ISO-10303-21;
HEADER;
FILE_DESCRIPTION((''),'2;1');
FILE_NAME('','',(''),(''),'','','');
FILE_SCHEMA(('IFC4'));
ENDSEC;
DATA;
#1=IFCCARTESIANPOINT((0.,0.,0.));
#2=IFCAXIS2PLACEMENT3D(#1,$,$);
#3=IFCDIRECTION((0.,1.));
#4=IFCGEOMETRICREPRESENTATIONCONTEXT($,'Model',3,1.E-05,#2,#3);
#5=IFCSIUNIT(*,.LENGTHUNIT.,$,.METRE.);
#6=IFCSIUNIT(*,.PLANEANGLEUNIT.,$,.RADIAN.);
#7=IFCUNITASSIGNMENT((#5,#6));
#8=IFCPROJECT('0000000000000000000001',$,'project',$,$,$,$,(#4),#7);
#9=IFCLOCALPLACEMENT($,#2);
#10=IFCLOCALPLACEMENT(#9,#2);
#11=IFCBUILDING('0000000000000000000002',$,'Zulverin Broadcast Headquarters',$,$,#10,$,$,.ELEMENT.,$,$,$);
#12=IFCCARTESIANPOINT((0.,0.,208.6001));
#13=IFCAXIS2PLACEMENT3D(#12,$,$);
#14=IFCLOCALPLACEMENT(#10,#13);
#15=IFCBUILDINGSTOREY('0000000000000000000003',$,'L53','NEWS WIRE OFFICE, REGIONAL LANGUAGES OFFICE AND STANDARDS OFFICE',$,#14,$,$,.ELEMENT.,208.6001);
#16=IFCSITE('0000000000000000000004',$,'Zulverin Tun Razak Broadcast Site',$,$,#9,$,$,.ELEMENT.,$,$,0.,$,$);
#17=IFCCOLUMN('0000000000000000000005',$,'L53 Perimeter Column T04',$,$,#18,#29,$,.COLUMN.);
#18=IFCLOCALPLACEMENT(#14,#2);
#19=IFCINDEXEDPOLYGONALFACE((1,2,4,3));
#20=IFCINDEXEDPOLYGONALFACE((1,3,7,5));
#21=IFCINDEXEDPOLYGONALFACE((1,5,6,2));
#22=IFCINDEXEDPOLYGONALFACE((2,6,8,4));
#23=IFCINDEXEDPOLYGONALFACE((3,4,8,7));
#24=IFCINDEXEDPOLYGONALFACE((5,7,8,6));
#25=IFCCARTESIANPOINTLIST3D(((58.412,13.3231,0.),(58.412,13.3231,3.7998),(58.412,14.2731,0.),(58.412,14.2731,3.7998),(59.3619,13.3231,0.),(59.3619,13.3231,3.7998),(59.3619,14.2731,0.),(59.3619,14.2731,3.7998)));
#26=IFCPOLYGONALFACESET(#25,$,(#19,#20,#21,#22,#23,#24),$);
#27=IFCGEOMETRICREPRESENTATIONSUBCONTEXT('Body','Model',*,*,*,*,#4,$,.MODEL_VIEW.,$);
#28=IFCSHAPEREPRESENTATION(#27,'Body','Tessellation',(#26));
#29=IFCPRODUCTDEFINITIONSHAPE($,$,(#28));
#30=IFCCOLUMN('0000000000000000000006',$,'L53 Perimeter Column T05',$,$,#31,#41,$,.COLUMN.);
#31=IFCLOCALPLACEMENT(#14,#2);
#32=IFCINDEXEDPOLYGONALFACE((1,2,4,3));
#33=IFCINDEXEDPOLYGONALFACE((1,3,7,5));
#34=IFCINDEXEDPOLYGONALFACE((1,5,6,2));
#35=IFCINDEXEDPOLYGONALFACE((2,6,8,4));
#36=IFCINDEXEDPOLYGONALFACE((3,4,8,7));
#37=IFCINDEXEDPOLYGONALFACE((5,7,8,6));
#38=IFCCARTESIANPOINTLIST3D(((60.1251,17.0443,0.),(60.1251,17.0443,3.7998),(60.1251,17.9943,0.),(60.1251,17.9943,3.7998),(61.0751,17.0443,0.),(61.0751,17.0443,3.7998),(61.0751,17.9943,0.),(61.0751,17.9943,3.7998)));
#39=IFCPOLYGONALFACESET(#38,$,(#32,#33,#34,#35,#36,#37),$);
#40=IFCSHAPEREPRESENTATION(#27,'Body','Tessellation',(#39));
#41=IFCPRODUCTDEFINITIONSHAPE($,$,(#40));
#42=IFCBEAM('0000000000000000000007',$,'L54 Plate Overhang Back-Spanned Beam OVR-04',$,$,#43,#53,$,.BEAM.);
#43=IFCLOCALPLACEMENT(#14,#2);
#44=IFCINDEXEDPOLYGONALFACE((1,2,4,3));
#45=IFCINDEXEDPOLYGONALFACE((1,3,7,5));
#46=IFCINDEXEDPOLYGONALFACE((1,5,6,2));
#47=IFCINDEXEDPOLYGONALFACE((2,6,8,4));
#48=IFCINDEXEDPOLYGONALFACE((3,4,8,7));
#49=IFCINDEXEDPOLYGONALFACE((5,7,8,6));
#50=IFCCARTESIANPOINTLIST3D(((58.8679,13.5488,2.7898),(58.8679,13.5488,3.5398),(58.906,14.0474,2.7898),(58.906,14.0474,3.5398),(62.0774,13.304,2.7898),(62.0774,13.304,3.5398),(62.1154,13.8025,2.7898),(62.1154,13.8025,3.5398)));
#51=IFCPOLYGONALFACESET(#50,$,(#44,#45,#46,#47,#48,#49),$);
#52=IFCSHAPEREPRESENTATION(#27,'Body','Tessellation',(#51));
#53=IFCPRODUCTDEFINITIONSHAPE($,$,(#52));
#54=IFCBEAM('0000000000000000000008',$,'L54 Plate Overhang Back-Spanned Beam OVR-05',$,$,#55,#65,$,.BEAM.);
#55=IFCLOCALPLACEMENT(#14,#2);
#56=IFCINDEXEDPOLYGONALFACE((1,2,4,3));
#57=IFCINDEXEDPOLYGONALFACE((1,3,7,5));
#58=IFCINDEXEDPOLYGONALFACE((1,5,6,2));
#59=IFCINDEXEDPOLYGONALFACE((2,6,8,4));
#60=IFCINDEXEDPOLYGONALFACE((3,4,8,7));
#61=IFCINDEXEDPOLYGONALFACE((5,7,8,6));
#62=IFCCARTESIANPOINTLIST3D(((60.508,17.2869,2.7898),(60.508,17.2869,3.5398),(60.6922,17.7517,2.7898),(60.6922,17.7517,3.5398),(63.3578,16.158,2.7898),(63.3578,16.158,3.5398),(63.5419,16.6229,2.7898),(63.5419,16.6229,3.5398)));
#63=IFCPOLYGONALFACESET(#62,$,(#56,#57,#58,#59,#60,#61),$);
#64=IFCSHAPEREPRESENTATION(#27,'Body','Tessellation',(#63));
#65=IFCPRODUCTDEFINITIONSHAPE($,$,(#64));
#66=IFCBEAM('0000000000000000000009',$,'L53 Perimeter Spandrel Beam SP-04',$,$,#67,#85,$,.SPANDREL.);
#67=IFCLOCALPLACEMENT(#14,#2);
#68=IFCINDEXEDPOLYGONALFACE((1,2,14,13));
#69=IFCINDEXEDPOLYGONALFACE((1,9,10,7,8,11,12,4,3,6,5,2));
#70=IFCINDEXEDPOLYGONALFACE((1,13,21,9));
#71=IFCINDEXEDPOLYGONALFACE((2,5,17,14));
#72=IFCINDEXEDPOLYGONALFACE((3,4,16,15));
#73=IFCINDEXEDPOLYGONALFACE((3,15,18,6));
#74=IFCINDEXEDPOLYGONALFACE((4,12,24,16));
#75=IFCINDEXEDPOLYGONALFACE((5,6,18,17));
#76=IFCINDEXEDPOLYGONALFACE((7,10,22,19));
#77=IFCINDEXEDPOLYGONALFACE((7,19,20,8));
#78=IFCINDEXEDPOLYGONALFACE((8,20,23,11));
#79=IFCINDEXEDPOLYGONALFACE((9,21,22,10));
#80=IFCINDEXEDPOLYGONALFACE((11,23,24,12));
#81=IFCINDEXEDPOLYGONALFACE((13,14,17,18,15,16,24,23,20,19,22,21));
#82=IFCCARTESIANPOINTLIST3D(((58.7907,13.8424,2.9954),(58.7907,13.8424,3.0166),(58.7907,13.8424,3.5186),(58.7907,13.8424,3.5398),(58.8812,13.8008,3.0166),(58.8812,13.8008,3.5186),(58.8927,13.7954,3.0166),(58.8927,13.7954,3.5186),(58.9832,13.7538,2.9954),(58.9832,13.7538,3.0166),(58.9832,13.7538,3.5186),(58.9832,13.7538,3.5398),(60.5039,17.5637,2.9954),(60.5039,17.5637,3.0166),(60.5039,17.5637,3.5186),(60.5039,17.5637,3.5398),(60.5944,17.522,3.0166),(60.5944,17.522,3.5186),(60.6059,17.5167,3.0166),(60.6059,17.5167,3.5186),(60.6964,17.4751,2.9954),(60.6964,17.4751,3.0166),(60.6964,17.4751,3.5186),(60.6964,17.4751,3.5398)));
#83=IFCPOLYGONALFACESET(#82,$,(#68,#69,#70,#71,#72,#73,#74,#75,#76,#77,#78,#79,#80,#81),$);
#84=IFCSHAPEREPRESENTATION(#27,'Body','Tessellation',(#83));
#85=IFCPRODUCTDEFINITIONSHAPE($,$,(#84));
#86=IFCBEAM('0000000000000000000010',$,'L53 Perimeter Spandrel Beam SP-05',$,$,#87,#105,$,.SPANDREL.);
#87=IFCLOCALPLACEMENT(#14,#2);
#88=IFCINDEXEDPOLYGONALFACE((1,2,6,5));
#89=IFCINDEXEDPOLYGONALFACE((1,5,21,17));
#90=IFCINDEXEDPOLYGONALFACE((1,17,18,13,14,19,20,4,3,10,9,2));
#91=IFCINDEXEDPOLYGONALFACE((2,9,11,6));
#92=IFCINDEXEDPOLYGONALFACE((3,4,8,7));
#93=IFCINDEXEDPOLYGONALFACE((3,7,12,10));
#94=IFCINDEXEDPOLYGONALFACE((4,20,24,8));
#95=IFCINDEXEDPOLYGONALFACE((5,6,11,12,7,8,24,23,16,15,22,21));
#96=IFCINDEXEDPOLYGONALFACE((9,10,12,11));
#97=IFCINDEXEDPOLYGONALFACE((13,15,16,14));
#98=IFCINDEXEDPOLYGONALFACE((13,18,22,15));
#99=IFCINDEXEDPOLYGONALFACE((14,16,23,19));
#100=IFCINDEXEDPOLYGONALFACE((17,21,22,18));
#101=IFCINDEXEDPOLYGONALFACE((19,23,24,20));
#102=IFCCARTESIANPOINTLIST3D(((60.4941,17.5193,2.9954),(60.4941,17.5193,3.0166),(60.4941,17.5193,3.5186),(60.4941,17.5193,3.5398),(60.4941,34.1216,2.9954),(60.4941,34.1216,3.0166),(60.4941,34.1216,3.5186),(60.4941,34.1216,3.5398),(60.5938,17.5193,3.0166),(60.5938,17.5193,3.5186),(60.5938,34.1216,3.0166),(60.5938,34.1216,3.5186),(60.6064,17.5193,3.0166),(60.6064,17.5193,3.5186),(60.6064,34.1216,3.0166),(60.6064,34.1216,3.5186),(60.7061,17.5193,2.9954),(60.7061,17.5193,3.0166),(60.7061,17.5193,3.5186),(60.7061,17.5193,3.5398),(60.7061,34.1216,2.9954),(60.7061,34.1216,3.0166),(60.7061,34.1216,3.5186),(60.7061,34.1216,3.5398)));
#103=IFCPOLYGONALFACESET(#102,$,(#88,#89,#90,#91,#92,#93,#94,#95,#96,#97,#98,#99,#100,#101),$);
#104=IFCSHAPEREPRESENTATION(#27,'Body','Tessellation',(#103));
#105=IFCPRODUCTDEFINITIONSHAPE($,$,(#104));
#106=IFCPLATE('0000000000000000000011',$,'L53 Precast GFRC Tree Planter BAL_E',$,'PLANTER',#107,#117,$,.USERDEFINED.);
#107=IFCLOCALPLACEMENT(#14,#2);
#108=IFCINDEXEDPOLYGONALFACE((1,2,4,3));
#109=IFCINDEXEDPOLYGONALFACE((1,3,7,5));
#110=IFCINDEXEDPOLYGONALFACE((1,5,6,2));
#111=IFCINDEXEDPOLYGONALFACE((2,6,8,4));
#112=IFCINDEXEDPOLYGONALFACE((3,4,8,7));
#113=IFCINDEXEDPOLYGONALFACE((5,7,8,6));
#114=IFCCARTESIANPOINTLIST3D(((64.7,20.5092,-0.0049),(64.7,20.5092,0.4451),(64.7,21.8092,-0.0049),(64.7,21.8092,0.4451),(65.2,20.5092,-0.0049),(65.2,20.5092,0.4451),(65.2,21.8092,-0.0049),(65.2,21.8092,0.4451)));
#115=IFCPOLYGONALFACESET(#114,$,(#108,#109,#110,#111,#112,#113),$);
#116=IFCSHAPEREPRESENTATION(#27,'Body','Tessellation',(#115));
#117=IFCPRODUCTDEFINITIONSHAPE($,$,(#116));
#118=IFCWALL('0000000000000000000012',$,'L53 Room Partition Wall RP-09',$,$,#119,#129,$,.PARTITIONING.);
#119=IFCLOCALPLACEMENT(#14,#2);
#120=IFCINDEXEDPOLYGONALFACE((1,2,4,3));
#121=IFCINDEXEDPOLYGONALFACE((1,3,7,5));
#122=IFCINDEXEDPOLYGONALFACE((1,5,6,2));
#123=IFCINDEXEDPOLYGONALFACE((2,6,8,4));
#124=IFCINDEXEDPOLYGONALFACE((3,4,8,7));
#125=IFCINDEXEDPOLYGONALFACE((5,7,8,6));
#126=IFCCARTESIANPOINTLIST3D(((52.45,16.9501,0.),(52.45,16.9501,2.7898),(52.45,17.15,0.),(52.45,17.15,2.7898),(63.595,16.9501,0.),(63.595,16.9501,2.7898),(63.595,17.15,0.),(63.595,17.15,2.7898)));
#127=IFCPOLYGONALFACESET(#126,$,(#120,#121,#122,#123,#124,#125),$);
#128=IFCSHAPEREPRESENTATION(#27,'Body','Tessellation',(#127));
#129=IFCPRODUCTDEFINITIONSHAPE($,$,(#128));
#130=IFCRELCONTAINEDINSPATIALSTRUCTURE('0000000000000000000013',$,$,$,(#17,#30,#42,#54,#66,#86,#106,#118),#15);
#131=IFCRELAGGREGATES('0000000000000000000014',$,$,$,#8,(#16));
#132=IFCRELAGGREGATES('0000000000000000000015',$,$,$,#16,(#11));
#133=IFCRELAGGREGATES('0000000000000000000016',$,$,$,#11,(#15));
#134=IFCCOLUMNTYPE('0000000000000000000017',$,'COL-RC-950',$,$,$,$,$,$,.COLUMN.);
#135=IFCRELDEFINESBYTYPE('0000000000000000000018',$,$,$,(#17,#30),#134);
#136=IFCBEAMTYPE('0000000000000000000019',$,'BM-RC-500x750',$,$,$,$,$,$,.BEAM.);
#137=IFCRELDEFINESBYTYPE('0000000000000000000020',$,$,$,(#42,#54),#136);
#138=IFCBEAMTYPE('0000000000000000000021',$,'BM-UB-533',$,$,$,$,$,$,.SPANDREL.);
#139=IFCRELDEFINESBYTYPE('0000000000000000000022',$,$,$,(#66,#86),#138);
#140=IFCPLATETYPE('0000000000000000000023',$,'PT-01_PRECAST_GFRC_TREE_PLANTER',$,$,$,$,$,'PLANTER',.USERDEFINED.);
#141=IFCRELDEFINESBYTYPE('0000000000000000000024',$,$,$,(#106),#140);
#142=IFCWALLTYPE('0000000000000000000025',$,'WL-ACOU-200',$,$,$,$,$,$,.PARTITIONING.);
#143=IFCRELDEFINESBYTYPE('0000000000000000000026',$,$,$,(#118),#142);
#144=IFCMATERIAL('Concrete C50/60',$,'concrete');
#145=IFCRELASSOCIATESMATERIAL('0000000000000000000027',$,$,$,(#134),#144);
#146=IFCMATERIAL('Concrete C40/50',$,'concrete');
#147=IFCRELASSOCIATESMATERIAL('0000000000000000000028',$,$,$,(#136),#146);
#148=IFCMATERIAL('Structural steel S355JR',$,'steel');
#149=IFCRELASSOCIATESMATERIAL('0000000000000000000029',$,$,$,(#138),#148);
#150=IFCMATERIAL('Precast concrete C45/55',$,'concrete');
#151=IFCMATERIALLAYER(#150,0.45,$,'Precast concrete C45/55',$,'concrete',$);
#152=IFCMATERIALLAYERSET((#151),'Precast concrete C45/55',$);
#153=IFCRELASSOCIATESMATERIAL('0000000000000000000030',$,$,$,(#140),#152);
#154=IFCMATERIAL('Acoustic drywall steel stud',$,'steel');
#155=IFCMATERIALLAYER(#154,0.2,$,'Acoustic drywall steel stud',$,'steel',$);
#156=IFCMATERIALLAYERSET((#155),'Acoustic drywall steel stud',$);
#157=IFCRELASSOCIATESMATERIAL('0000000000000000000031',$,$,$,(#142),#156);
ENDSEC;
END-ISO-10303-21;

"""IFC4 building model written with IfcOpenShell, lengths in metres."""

from ifc_helpers import new_model, si_unit, direction, frame, frame_2d, origin, origin_2d, place, context, subcontext, project, spatial, rectangle, i_section, extrude, material, layer, layer_set, material_profile, profile_set, type_object, element, save


model = new_model("IFC4")

# Units and contexts
model_context = context("Model", 3, precision=1e-05, world=origin(), true_north=direction((0.0, 1.0)))
body_context = subcontext(model_context, "Body", "Model", "MODEL_VIEW")
ifc_project = project(units=[si_unit("LENGTHUNIT", "METRE"), si_unit("PLANEANGLEUNIT", "RADIAN")], contexts=[model_context])

# Site, building, storey
site_placement = place(None, origin())
site = spatial("IfcSite", under=ifc_project, at=site_placement, Name="Zulverin Tun Razak Broadcast Site", CompositionType="ELEMENT", RefElevation=0.0)
building_placement = place(site_placement, origin())
building = spatial("IfcBuilding", under=site, at=building_placement, Name="Zulverin Broadcast Headquarters", CompositionType="ELEMENT")
storey_placement = place(building_placement, frame((0.0, 0.0, 208.6001)))
storey = spatial("IfcBuildingStorey", under=building, at=storey_placement, Name="L53", Description="NEWS WIRE OFFICE, REGIONAL LANGUAGES OFFICE AND STANDARDS OFFICE", CompositionType="ELEMENT", Elevation=208.6001)

# Columns
ifc_material_1 = material(Name="Concrete C50/60", Category="concrete")
ifc_material_profile_1 = material_profile(ifc_material_1, rectangle(XDim=0.95, YDim=0.95, at=origin_2d()), Name="Concrete C50/60", Category="concrete")
ifc_profile_set_1 = profile_set([ifc_material_profile_1], Name="Concrete C50/60")
column_type = type_object("IfcColumnType", Name="COL-RC-950", PredefinedType="COLUMN", material=ifc_profile_set_1)
for number, where, z_axis, x_axis, name in (
    (1, (58.887, 13.7981, 0.0), (0.0, 0.0, 1.0), (1.0, 0.0, 0.0), "L53 Perimeter Column T04"),
    (2, (60.6001, 17.5193, 0.0), (0.0, 0.0, 1.0), (1.0, 0.0, 0.0), "L53 Perimeter Column T05"),
):
    element("IfcColumn", number, at=place(storey_placement, frame(where, z_axis=z_axis, x_axis=x_axis)), inside=storey, type_object=column_type, Name=name, PredefinedType="COLUMN", context=body_context, shape_type="SweptSolid", body=[
        extrude(rectangle(XDim=0.95, YDim=0.95, at=origin_2d()), origin(), (0.0, 0.0, 1.0), 3.7998),
    ])

# Beams
ifc_material_2 = material(Name="Concrete C40/50", Category="concrete")
ifc_material_profile_2 = material_profile(ifc_material_2, rectangle(XDim=0.5, YDim=0.75, at=origin_2d()), Name="Concrete C40/50", Category="concrete")
ifc_profile_set_2 = profile_set([ifc_material_profile_2], Name="Concrete C40/50")
beam_type_1 = type_object("IfcBeamType", Name="BM-RC-500x750", PredefinedType="BEAM", material=ifc_profile_set_2)
beam_1_placement = place(storey_placement, frame((58.887, 13.7981, 3.1648), z_axis=(0.997102, -0.076076, 0.0), x_axis=(0.076076, 0.997102, 0.0)))
element("IfcBeam", 3, at=beam_1_placement, inside=storey, type_object=beam_type_1, Name="L54 Plate Overhang Back-Spanned Beam OVR-04", PredefinedType="BEAM", context=body_context, shape_type="SweptSolid", body=[
    extrude(rectangle(XDim=0.5, YDim=0.75, at=origin_2d()), origin(), (0.0, 0.0, 1.0), 3.2188),
])
beam_2_placement = place(storey_placement, frame((60.6001, 17.5193, 3.1648), z_axis=(0.929713, -0.368285, 0.0), x_axis=(0.368285, 0.929713, 0.0)))
element("IfcBeam", 4, at=beam_2_placement, inside=storey, type_object=beam_type_1, Name="L54 Plate Overhang Back-Spanned Beam OVR-05", PredefinedType="BEAM", context=body_context, shape_type="SweptSolid", body=[
    extrude(rectangle(XDim=0.5, YDim=0.75, at=origin_2d()), origin(), (0.0, 0.0, 1.0), 3.0652),
])
ifc_material_3 = material(Name="Structural steel S355JR", Category="steel")
ifc_material_profile_3 = material_profile(ifc_material_3, i_section(OverallWidth=0.2119, OverallDepth=0.5444, WebThickness=0.0127, FlangeThickness=0.0212, at=origin_2d()), Name="Structural steel S355JR", Category="steel")
ifc_profile_set_3 = profile_set([ifc_material_profile_3], Name="Structural steel S355JR")
beam_type_2 = type_object("IfcBeamType", Name="BM-UB-533", PredefinedType="SPANDREL", material=ifc_profile_set_3)
beam_3_placement = place(storey_placement, frame((58.887, 13.7981, 3.2676), z_axis=(0.418185, 0.908362, 0.0), x_axis=(-0.908362, 0.418185, 0.0)))
element("IfcBeam", 5, at=beam_3_placement, inside=storey, type_object=beam_type_2, Name="L53 Perimeter Spandrel Beam SP-04", PredefinedType="SPANDREL", context=body_context, shape_type="SweptSolid", body=[
    extrude(i_section(OverallWidth=0.2119, OverallDepth=0.5444, WebThickness=0.0127, FlangeThickness=0.0212, at=origin_2d()), origin(), (0.0, 0.0, 1.0), 4.0967),
])
beam_4_placement = place(storey_placement, frame((60.6001, 17.5193, 3.2676), z_axis=(0.0, 1.0, 0.0), x_axis=(-1.0, 0.0, 0.0)))
element("IfcBeam", 6, at=beam_4_placement, inside=storey, type_object=beam_type_2, Name="L53 Perimeter Spandrel Beam SP-05", PredefinedType="SPANDREL", context=body_context, shape_type="SweptSolid", body=[
    extrude(i_section(OverallWidth=0.2119, OverallDepth=0.5444, WebThickness=0.0127, FlangeThickness=0.0212, at=origin_2d()), origin(), (0.0, 0.0, 1.0), 16.6023),
])

# Plate
ifc_material_4 = material(Name="Precast concrete C45/55", Category="concrete")
ifc_layer_1 = layer(ifc_material_4, 0.45, Name="Precast concrete C45/55", Category="concrete")
ifc_layer_set_1 = layer_set([ifc_layer_1], Name="Precast concrete C45/55")
plate_type = type_object("IfcPlateType", Name="PT-01_PRECAST_GFRC_TREE_PLANTER", ElementType="PLANTER", PredefinedType="USERDEFINED", material=ifc_layer_set_1)
plate_placement = place(storey_placement, frame((64.95, 21.1592, -0.0049), z_axis=(0.0, 0.0, 1.0), x_axis=(0.0, 1.0, 0.0)))
element("IfcPlate", 7, at=plate_placement, inside=storey, type_object=plate_type, Name="L53 Precast GFRC Tree Planter BAL_E", ObjectType="PLANTER", PredefinedType="USERDEFINED", context=body_context, shape_type="SweptSolid", body=[
    extrude(rectangle(XDim=1.3, YDim=0.5, at=origin_2d()), origin(), (0.0, 0.0, 1.0), 0.45),
])

# Wall
ifc_material_5 = material(Name="Acoustic drywall steel stud", Category="steel")
ifc_layer_2 = layer(ifc_material_5, 0.2, Name="Acoustic drywall steel stud", Category="steel")
ifc_layer_set_2 = layer_set([ifc_layer_2], Name="Acoustic drywall steel stud")
wall_type_1 = type_object("IfcWallType", Name="WL-ACOU-200", PredefinedType="PARTITIONING", material=ifc_layer_set_2)
wall_1_placement = place(storey_placement, frame((52.45, 17.05, 0.0), z_axis=(0.0, 0.0, 1.0), x_axis=(1.0, 0.0, 0.0)))
element("IfcWall", 8, at=wall_1_placement, inside=storey, type_object=wall_type_1, Name="L53 Room Partition Wall RP-09", PredefinedType="PARTITIONING", context=body_context, shape_type="SweptSolid", body=[
    extrude(rectangle(XDim=11.145, YDim=0.2, at=frame_2d((5.5725, 0.0))), origin(), (0.0, 0.0, 1.0), 2.7898),
])

save(model, "model.ifc")
